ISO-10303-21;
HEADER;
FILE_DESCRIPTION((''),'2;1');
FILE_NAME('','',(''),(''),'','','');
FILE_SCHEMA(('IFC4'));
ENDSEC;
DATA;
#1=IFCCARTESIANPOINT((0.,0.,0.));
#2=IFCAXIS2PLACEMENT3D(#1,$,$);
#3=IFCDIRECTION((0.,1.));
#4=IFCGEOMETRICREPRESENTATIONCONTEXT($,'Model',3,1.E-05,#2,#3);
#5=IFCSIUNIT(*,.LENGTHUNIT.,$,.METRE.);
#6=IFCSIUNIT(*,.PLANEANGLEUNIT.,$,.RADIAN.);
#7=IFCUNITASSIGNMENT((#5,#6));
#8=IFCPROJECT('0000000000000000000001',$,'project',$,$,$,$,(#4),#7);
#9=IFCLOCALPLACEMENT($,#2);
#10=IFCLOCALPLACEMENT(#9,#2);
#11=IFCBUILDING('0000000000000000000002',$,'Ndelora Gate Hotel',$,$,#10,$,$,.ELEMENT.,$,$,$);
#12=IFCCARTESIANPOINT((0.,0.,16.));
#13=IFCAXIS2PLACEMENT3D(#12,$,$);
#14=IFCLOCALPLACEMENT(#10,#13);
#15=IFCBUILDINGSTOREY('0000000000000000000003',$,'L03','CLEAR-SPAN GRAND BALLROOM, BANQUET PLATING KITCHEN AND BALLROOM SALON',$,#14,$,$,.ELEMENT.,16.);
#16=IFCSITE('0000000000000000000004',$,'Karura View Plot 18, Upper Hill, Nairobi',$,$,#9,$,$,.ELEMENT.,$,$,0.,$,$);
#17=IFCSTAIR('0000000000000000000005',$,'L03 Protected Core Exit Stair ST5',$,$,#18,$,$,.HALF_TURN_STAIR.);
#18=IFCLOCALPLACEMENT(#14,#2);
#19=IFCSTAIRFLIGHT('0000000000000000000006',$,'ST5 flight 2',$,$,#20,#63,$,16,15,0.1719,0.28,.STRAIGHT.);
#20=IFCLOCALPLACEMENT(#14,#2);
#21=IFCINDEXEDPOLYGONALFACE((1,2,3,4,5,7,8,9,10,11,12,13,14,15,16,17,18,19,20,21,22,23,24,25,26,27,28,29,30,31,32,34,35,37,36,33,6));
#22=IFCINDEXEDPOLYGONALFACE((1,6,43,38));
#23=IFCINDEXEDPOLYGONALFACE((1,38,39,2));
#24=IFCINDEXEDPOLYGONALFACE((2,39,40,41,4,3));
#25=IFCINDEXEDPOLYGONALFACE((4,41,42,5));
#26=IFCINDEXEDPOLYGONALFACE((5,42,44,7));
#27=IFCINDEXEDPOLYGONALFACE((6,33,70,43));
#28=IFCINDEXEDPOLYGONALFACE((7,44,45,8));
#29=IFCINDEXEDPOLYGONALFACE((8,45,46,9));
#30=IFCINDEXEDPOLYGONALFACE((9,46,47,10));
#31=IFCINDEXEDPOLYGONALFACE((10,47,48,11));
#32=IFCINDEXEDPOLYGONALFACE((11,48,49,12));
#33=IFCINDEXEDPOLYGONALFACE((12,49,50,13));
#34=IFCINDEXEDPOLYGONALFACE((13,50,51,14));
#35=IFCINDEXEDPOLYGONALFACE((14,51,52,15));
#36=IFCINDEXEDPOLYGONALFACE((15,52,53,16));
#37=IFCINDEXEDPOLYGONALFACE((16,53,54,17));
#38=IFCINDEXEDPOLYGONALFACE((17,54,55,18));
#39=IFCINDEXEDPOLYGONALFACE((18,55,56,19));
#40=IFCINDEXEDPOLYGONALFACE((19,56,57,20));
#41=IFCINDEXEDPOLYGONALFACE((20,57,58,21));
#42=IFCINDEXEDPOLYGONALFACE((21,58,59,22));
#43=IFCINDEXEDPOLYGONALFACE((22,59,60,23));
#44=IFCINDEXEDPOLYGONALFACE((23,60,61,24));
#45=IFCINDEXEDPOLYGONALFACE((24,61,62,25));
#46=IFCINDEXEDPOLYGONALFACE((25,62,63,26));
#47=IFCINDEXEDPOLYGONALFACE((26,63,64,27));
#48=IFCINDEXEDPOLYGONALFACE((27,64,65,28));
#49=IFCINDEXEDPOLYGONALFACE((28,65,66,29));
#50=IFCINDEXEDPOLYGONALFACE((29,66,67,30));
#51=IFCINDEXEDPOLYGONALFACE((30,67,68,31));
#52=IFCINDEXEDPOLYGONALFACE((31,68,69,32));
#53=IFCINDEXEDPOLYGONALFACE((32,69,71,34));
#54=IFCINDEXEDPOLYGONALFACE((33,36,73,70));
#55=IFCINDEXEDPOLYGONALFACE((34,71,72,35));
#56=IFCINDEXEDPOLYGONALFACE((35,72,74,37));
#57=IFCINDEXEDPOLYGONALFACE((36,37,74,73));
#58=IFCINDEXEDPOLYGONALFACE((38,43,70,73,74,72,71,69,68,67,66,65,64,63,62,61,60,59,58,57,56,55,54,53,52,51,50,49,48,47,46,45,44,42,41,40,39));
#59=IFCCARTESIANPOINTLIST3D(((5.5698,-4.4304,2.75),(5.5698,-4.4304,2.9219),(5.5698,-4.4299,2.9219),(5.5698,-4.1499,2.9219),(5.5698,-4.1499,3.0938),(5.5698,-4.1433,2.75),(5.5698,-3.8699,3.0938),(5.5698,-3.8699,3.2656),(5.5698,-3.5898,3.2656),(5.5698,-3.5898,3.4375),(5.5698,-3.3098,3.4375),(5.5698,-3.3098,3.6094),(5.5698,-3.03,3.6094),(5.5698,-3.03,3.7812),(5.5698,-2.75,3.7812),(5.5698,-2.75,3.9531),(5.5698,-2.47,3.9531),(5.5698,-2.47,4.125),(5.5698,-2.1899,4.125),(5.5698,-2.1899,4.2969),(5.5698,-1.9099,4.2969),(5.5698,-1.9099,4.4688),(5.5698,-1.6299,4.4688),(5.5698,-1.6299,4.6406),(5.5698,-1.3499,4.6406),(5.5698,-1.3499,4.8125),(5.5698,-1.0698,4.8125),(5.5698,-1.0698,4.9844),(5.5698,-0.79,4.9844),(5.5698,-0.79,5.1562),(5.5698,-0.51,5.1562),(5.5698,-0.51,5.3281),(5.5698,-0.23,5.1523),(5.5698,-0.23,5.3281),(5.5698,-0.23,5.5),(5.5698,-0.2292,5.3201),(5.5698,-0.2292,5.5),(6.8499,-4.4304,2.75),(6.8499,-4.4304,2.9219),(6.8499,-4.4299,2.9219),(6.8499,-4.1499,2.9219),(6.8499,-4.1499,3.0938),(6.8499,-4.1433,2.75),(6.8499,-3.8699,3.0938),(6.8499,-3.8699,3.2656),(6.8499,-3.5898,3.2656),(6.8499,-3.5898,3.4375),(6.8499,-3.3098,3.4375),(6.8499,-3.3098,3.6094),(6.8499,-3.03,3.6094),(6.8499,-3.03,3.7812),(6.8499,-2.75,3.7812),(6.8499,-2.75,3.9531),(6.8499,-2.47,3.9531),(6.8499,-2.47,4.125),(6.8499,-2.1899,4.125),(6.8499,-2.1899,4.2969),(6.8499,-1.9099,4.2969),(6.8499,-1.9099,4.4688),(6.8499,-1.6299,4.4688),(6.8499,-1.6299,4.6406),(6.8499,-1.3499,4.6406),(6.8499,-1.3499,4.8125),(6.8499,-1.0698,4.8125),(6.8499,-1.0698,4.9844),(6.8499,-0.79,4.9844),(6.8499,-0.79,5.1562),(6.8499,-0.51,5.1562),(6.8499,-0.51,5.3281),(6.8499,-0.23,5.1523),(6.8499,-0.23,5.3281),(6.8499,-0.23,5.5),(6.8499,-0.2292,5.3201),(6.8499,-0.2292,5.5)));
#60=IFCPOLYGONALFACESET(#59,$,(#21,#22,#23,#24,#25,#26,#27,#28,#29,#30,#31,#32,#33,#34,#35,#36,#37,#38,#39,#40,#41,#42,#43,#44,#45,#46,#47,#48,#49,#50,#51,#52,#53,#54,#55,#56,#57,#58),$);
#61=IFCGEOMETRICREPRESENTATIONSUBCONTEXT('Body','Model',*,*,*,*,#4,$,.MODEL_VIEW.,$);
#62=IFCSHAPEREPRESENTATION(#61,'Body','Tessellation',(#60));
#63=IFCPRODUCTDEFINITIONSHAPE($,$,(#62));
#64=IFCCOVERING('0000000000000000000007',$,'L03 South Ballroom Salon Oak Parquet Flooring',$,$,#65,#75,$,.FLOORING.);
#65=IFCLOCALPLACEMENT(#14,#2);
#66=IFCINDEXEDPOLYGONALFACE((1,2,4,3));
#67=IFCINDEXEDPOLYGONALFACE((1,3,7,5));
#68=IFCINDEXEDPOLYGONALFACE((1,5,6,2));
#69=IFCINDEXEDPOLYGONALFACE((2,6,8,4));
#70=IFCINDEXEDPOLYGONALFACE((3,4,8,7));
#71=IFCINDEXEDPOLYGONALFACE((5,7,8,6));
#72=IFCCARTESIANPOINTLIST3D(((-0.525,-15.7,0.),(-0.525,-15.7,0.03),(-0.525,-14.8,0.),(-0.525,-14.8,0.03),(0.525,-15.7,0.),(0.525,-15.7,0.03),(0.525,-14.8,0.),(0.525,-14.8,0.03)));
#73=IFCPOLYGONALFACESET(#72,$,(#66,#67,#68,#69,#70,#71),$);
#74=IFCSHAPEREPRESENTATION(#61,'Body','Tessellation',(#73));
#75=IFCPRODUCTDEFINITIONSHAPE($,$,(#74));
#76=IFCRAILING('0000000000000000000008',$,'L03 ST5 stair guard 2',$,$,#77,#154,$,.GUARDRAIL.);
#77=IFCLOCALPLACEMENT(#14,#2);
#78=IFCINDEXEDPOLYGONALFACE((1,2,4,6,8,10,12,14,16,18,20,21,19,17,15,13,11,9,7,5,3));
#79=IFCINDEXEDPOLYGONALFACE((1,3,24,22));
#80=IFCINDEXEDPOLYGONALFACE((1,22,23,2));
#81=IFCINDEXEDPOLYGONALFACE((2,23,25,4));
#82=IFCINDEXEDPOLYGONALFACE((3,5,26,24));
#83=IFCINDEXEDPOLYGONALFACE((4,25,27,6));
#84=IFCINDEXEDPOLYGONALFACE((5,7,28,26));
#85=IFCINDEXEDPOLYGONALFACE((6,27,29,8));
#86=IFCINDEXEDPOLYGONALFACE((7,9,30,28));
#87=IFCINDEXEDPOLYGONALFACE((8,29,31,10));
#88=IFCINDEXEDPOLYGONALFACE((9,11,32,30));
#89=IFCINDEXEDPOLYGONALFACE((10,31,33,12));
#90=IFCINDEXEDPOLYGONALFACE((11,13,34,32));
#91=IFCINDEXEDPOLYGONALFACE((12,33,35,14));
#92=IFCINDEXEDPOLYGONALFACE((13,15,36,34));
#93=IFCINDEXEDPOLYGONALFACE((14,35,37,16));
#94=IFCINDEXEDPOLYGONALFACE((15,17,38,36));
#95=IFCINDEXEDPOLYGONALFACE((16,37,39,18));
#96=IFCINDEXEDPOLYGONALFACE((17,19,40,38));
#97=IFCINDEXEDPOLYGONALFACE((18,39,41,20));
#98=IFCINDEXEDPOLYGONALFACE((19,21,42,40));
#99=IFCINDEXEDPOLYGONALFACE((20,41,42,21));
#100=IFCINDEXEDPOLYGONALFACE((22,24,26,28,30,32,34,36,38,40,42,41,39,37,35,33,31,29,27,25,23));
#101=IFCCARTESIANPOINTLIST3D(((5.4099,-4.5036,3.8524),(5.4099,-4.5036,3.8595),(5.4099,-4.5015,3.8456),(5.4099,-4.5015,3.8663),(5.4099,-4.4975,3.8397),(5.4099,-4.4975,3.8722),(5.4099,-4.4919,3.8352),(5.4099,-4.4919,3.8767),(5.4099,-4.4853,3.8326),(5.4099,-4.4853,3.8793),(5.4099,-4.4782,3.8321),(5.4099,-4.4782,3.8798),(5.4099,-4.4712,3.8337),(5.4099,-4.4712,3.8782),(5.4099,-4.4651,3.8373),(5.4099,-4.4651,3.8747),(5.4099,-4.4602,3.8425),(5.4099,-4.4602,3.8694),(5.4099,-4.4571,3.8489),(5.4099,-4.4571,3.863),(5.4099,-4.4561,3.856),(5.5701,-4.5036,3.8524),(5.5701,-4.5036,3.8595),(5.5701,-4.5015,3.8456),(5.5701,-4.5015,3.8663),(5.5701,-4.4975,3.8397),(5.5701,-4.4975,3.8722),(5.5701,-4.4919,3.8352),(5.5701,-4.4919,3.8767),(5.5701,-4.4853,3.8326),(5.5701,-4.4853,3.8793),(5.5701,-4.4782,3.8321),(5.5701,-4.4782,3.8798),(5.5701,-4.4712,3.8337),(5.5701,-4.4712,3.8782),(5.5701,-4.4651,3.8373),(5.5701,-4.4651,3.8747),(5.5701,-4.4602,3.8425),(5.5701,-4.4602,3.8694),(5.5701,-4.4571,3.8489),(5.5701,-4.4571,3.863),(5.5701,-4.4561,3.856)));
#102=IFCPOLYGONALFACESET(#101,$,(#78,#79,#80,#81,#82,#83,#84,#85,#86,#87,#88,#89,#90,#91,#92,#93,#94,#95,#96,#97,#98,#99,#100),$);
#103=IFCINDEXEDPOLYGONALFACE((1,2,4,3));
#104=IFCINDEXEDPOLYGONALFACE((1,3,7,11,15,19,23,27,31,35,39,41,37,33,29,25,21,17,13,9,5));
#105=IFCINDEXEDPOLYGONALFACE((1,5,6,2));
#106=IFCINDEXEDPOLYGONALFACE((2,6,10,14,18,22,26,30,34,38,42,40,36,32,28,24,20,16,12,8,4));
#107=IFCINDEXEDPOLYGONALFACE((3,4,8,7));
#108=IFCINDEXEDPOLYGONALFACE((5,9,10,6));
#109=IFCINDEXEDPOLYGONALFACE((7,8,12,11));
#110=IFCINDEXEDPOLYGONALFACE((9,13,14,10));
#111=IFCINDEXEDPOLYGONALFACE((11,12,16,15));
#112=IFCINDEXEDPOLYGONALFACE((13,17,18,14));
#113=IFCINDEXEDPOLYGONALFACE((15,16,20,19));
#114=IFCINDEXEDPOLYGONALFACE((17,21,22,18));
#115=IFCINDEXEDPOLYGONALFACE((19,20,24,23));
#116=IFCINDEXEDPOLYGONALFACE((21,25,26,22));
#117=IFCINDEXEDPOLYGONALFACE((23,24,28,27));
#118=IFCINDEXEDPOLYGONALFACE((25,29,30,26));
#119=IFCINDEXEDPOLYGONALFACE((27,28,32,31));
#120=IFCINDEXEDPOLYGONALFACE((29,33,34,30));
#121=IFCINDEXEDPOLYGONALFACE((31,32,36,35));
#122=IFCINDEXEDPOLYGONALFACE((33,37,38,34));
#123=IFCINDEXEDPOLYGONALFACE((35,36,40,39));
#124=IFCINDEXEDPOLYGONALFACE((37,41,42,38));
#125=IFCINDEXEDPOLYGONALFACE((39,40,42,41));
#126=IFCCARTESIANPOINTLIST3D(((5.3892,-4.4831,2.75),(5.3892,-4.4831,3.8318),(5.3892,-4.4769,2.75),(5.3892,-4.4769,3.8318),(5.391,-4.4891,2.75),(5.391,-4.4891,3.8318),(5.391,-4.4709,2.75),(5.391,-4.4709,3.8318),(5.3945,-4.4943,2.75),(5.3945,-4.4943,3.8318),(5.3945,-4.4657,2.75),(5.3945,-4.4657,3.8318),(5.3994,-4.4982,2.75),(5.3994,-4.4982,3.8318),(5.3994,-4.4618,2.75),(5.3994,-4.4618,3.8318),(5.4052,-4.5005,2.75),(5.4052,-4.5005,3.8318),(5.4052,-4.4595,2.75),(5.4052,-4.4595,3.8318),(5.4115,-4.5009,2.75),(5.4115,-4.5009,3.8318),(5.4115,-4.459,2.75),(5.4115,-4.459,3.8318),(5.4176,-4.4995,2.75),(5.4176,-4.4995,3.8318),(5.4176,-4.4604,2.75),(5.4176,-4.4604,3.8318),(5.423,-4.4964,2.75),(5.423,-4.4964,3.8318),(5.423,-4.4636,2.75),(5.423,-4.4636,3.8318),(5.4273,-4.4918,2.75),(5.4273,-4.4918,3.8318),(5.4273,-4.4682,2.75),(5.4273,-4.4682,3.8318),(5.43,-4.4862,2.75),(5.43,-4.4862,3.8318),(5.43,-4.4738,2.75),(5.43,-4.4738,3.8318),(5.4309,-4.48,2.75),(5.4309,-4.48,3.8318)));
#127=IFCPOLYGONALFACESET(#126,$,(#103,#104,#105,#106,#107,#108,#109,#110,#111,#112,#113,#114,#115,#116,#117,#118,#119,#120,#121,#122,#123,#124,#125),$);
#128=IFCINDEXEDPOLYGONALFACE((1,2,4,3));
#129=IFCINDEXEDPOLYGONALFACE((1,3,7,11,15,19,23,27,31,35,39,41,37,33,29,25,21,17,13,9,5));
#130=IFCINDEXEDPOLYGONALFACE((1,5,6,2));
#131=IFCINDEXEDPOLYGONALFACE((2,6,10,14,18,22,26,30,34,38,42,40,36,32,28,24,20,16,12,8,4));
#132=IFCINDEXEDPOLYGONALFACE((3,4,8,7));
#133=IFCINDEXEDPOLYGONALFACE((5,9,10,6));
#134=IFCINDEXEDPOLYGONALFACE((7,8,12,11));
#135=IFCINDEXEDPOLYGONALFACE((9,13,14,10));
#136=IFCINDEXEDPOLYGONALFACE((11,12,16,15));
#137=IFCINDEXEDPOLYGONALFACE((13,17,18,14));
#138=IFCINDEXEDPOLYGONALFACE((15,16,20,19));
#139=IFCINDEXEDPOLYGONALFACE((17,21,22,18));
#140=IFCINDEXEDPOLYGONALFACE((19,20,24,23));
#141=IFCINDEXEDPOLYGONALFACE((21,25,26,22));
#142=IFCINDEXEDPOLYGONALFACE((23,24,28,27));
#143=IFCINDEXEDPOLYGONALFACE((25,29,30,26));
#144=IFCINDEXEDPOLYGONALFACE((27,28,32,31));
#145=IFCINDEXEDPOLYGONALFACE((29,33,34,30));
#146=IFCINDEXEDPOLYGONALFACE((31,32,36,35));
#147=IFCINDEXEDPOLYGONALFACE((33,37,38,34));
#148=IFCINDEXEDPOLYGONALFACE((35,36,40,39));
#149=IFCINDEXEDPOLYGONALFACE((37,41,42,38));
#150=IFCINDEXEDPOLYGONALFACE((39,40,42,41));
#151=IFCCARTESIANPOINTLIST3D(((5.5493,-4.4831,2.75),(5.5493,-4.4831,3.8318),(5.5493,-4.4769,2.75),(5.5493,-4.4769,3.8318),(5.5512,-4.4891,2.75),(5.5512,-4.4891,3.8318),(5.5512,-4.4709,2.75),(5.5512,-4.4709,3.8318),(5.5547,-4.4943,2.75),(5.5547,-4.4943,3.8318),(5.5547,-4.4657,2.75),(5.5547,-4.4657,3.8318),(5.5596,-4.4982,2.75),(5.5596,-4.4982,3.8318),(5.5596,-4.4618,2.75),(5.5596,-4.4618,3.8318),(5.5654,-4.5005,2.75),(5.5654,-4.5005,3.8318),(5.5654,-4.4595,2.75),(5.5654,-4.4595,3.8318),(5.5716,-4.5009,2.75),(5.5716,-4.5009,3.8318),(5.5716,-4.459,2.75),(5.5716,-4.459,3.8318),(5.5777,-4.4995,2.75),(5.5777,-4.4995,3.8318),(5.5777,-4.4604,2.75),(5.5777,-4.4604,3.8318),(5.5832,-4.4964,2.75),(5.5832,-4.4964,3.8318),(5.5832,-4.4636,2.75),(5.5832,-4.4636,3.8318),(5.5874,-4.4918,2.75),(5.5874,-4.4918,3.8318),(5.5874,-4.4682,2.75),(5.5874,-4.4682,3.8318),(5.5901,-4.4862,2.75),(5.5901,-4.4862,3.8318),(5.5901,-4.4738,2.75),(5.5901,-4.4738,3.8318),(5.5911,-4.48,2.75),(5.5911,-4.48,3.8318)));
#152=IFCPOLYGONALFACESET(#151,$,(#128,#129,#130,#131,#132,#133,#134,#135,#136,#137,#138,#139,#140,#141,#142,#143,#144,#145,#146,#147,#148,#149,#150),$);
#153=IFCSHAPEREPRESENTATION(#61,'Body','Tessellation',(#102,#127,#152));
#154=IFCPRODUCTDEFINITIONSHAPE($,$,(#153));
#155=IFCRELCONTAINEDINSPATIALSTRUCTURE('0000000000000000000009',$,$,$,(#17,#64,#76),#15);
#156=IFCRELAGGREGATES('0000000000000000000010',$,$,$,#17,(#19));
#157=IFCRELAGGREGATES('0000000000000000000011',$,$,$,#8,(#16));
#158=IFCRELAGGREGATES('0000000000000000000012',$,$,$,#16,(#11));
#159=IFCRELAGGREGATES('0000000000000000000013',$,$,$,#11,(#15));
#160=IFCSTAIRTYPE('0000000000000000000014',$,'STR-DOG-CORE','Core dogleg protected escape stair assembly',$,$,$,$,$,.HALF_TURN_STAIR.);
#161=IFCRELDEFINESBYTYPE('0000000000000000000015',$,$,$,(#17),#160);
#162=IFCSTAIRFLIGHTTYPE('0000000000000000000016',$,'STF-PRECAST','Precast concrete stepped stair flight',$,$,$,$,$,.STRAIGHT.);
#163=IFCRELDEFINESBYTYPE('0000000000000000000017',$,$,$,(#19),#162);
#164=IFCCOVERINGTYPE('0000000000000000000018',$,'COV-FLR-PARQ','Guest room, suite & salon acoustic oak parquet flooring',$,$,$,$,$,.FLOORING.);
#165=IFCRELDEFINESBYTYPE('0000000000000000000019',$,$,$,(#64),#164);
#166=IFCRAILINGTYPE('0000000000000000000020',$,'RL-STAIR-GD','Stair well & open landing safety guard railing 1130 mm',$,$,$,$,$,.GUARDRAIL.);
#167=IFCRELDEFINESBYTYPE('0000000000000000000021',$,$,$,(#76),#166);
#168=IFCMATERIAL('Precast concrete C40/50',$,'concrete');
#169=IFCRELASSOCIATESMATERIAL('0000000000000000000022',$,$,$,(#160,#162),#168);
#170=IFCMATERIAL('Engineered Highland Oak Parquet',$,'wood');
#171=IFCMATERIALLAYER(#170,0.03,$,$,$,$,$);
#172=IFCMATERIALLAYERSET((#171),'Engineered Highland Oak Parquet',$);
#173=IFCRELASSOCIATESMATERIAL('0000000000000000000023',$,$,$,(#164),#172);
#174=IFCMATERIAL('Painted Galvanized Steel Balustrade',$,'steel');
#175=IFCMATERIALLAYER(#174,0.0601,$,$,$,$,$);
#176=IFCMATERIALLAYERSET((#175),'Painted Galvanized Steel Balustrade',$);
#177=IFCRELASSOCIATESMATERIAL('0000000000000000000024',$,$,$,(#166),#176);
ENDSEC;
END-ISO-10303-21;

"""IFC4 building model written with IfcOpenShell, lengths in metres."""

from ifc_helpers import new_model, si_unit, direction, frame, origin, origin_2d, place, context, subcontext, project, spatial, polyline, rectangle, circle, outline, extrude, material, layer, layer_set, type_object, element, aggregate, save


model = new_model("IFC4")

# Units and contexts
model_context = context("Model", 3, precision=1e-05, world=origin(), true_north=direction((0.0, 1.0)))
body_context = subcontext(model_context, "Body", "Model", "MODEL_VIEW")
ifc_project = project(units=[si_unit("LENGTHUNIT", "METRE"), si_unit("PLANEANGLEUNIT", "RADIAN")], contexts=[model_context])

# Site, building, storey
site_placement = place(None, origin())
site = spatial("IfcSite", under=ifc_project, at=site_placement, Name="Karura View Plot 18, Upper Hill, Nairobi", CompositionType="ELEMENT", RefElevation=0.0)
building_placement = place(site_placement, origin())
building = spatial("IfcBuilding", under=site, at=building_placement, Name="Ndelora Gate Hotel", CompositionType="ELEMENT")
storey_placement = place(building_placement, frame((0.0, 0.0, 16.0)))
storey = spatial("IfcBuildingStorey", under=building, at=storey_placement, Name="L03", Description="CLEAR-SPAN GRAND BALLROOM, BANQUET PLATING KITCHEN AND BALLROOM SALON", CompositionType="ELEMENT", Elevation=16.0)

# Stair, stair flight
ifc_material_1 = material(Name="Precast concrete C40/50", Category="concrete")
stair_type = type_object("IfcStairType", Name="STR-DOG-CORE", Description="Core dogleg protected escape stair assembly", PredefinedType="HALF_TURN_STAIR", material=ifc_material_1)
stair_placement = place(storey_placement, origin())
stair = element("IfcStair", 1, at=stair_placement, inside=storey, type_object=stair_type, Name="L03 Protected Core Exit Stair ST5", PredefinedType="HALF_TURN_STAIR")
stair_flight_type = type_object("IfcStairFlightType", Name="STF-PRECAST", Description="Precast concrete stepped stair flight", PredefinedType="STRAIGHT", material=ifc_material_1)
stair_flight_placement = place(storey_placement, frame((6.21, -4.4299, 2.75), z_axis=(0.0, 0.0, 1.0), x_axis=(0.0, 1.0, 0.0)))
stair_flight = element("IfcStairFlight", 2, at=stair_flight_placement, type_object=stair_flight_type, Name="ST5 flight 2", NumberOfRisers=16, NumberOfTreads=15, PredefinedType="STRAIGHT", RiserHeight=0.1719, TreadLength=0.28, context=body_context, shape_type="SweptSolid", body=[
    extrude(outline(polyline([(-0.0005, 0.0), (-0.0005, 0.1719), (0.0, 0.1719), (0.28, 0.1719), (0.28, 0.3438), (0.5601, 0.3438), (0.5601, 0.5156), (0.8401, 0.5156), (0.8401, 0.6875), (1.1201, 0.6875), (1.1201, 0.8594), (1.3999, 0.8594), (1.3999, 1.0312), (1.6799, 1.0312), (1.6799, 1.2031), (1.96, 1.2031), (1.96, 1.375), (2.24, 1.375), (2.24, 1.5469), (2.52, 1.5469), (2.52, 1.7188), (2.8, 1.7188), (2.8, 1.8906), (3.0801, 1.8906), (3.0801, 2.0625), (3.3601, 2.0625), (3.3601, 2.2344), (3.6399, 2.2344), (3.6399, 2.4062), (3.9199, 2.4062), (3.9199, 2.5781), (4.2, 2.5781), (4.2, 2.75), (4.2007, 2.75), (4.2007, 2.5701), (4.2, 2.4023), (0.2866, 0.0), (-0.0005, 0.0)])), frame((0.0, 0.6401, 0.0), z_axis=(0.0, -1.0, 0.0), x_axis=(1.0, 0.0, 0.0)), (0.0, 0.0, 1.0), 1.28),
])
aggregate(stair, [stair_flight])

# Covering
ifc_material_2 = material(Name="Engineered Highland Oak Parquet", Category="wood")
ifc_layer_1 = layer(ifc_material_2, 0.03)
ifc_layer_set_1 = layer_set([ifc_layer_1], Name="Engineered Highland Oak Parquet")
covering_type = type_object("IfcCoveringType", Name="COV-FLR-PARQ", Description="Guest room, suite & salon acoustic oak parquet flooring", PredefinedType="FLOORING", material=ifc_layer_set_1)
covering_placement = place(storey_placement, frame((0.0, -15.25, 0.0), z_axis=(0.0, 0.0, 1.0), x_axis=(1.0, 0.0, 0.0)))
element("IfcCovering", 3, at=covering_placement, inside=storey, type_object=covering_type, Name="L03 South Ballroom Salon Oak Parquet Flooring", PredefinedType="FLOORING", context=body_context, shape_type="SweptSolid", body=[
    extrude(rectangle(XDim=1.05, YDim=0.8999, at=origin_2d()), origin(), (0.0, 0.0, 1.0), 0.03),
])

# Railing
ifc_material_3 = material(Name="Painted Galvanized Steel Balustrade", Category="steel")
ifc_layer_2 = layer(ifc_material_3, 0.0601)
ifc_layer_set_2 = layer_set([ifc_layer_2], Name="Painted Galvanized Steel Balustrade")
railing_type_1 = type_object("IfcRailingType", Name="RL-STAIR-GD", Description="Stair well & open landing safety guard railing 1130 mm", PredefinedType="GUARDRAIL", material=ifc_layer_set_2)
railing_1_placement = place(storey_placement, frame((5.4099, -4.48, 2.75)))
element("IfcRailing", 4, at=railing_1_placement, inside=storey, type_object=railing_type_1, Name="L03 ST5 stair guard 2", PredefinedType="GUARDRAIL", context=body_context, shape_type="SweptSolid", body=[
    extrude(circle(Radius=0.0239, at=origin_2d()), frame((0.0, 0.0, 1.106), z_axis=(1.0, 0.0, 0.0), x_axis=(0.0, 1.0, 0.0)), (0.0, 0.0, 1.0), 0.1602),
    extrude(circle(Radius=0.021, at=origin_2d()), origin(), (0.0, 0.0, 1.0), 1.0818),
    extrude(circle(Radius=0.021, at=origin_2d()), frame((0.1602, 0.0, 0.0)), (0.0, 0.0, 1.0), 1.0818),
])

save(model, "model.ifc")
